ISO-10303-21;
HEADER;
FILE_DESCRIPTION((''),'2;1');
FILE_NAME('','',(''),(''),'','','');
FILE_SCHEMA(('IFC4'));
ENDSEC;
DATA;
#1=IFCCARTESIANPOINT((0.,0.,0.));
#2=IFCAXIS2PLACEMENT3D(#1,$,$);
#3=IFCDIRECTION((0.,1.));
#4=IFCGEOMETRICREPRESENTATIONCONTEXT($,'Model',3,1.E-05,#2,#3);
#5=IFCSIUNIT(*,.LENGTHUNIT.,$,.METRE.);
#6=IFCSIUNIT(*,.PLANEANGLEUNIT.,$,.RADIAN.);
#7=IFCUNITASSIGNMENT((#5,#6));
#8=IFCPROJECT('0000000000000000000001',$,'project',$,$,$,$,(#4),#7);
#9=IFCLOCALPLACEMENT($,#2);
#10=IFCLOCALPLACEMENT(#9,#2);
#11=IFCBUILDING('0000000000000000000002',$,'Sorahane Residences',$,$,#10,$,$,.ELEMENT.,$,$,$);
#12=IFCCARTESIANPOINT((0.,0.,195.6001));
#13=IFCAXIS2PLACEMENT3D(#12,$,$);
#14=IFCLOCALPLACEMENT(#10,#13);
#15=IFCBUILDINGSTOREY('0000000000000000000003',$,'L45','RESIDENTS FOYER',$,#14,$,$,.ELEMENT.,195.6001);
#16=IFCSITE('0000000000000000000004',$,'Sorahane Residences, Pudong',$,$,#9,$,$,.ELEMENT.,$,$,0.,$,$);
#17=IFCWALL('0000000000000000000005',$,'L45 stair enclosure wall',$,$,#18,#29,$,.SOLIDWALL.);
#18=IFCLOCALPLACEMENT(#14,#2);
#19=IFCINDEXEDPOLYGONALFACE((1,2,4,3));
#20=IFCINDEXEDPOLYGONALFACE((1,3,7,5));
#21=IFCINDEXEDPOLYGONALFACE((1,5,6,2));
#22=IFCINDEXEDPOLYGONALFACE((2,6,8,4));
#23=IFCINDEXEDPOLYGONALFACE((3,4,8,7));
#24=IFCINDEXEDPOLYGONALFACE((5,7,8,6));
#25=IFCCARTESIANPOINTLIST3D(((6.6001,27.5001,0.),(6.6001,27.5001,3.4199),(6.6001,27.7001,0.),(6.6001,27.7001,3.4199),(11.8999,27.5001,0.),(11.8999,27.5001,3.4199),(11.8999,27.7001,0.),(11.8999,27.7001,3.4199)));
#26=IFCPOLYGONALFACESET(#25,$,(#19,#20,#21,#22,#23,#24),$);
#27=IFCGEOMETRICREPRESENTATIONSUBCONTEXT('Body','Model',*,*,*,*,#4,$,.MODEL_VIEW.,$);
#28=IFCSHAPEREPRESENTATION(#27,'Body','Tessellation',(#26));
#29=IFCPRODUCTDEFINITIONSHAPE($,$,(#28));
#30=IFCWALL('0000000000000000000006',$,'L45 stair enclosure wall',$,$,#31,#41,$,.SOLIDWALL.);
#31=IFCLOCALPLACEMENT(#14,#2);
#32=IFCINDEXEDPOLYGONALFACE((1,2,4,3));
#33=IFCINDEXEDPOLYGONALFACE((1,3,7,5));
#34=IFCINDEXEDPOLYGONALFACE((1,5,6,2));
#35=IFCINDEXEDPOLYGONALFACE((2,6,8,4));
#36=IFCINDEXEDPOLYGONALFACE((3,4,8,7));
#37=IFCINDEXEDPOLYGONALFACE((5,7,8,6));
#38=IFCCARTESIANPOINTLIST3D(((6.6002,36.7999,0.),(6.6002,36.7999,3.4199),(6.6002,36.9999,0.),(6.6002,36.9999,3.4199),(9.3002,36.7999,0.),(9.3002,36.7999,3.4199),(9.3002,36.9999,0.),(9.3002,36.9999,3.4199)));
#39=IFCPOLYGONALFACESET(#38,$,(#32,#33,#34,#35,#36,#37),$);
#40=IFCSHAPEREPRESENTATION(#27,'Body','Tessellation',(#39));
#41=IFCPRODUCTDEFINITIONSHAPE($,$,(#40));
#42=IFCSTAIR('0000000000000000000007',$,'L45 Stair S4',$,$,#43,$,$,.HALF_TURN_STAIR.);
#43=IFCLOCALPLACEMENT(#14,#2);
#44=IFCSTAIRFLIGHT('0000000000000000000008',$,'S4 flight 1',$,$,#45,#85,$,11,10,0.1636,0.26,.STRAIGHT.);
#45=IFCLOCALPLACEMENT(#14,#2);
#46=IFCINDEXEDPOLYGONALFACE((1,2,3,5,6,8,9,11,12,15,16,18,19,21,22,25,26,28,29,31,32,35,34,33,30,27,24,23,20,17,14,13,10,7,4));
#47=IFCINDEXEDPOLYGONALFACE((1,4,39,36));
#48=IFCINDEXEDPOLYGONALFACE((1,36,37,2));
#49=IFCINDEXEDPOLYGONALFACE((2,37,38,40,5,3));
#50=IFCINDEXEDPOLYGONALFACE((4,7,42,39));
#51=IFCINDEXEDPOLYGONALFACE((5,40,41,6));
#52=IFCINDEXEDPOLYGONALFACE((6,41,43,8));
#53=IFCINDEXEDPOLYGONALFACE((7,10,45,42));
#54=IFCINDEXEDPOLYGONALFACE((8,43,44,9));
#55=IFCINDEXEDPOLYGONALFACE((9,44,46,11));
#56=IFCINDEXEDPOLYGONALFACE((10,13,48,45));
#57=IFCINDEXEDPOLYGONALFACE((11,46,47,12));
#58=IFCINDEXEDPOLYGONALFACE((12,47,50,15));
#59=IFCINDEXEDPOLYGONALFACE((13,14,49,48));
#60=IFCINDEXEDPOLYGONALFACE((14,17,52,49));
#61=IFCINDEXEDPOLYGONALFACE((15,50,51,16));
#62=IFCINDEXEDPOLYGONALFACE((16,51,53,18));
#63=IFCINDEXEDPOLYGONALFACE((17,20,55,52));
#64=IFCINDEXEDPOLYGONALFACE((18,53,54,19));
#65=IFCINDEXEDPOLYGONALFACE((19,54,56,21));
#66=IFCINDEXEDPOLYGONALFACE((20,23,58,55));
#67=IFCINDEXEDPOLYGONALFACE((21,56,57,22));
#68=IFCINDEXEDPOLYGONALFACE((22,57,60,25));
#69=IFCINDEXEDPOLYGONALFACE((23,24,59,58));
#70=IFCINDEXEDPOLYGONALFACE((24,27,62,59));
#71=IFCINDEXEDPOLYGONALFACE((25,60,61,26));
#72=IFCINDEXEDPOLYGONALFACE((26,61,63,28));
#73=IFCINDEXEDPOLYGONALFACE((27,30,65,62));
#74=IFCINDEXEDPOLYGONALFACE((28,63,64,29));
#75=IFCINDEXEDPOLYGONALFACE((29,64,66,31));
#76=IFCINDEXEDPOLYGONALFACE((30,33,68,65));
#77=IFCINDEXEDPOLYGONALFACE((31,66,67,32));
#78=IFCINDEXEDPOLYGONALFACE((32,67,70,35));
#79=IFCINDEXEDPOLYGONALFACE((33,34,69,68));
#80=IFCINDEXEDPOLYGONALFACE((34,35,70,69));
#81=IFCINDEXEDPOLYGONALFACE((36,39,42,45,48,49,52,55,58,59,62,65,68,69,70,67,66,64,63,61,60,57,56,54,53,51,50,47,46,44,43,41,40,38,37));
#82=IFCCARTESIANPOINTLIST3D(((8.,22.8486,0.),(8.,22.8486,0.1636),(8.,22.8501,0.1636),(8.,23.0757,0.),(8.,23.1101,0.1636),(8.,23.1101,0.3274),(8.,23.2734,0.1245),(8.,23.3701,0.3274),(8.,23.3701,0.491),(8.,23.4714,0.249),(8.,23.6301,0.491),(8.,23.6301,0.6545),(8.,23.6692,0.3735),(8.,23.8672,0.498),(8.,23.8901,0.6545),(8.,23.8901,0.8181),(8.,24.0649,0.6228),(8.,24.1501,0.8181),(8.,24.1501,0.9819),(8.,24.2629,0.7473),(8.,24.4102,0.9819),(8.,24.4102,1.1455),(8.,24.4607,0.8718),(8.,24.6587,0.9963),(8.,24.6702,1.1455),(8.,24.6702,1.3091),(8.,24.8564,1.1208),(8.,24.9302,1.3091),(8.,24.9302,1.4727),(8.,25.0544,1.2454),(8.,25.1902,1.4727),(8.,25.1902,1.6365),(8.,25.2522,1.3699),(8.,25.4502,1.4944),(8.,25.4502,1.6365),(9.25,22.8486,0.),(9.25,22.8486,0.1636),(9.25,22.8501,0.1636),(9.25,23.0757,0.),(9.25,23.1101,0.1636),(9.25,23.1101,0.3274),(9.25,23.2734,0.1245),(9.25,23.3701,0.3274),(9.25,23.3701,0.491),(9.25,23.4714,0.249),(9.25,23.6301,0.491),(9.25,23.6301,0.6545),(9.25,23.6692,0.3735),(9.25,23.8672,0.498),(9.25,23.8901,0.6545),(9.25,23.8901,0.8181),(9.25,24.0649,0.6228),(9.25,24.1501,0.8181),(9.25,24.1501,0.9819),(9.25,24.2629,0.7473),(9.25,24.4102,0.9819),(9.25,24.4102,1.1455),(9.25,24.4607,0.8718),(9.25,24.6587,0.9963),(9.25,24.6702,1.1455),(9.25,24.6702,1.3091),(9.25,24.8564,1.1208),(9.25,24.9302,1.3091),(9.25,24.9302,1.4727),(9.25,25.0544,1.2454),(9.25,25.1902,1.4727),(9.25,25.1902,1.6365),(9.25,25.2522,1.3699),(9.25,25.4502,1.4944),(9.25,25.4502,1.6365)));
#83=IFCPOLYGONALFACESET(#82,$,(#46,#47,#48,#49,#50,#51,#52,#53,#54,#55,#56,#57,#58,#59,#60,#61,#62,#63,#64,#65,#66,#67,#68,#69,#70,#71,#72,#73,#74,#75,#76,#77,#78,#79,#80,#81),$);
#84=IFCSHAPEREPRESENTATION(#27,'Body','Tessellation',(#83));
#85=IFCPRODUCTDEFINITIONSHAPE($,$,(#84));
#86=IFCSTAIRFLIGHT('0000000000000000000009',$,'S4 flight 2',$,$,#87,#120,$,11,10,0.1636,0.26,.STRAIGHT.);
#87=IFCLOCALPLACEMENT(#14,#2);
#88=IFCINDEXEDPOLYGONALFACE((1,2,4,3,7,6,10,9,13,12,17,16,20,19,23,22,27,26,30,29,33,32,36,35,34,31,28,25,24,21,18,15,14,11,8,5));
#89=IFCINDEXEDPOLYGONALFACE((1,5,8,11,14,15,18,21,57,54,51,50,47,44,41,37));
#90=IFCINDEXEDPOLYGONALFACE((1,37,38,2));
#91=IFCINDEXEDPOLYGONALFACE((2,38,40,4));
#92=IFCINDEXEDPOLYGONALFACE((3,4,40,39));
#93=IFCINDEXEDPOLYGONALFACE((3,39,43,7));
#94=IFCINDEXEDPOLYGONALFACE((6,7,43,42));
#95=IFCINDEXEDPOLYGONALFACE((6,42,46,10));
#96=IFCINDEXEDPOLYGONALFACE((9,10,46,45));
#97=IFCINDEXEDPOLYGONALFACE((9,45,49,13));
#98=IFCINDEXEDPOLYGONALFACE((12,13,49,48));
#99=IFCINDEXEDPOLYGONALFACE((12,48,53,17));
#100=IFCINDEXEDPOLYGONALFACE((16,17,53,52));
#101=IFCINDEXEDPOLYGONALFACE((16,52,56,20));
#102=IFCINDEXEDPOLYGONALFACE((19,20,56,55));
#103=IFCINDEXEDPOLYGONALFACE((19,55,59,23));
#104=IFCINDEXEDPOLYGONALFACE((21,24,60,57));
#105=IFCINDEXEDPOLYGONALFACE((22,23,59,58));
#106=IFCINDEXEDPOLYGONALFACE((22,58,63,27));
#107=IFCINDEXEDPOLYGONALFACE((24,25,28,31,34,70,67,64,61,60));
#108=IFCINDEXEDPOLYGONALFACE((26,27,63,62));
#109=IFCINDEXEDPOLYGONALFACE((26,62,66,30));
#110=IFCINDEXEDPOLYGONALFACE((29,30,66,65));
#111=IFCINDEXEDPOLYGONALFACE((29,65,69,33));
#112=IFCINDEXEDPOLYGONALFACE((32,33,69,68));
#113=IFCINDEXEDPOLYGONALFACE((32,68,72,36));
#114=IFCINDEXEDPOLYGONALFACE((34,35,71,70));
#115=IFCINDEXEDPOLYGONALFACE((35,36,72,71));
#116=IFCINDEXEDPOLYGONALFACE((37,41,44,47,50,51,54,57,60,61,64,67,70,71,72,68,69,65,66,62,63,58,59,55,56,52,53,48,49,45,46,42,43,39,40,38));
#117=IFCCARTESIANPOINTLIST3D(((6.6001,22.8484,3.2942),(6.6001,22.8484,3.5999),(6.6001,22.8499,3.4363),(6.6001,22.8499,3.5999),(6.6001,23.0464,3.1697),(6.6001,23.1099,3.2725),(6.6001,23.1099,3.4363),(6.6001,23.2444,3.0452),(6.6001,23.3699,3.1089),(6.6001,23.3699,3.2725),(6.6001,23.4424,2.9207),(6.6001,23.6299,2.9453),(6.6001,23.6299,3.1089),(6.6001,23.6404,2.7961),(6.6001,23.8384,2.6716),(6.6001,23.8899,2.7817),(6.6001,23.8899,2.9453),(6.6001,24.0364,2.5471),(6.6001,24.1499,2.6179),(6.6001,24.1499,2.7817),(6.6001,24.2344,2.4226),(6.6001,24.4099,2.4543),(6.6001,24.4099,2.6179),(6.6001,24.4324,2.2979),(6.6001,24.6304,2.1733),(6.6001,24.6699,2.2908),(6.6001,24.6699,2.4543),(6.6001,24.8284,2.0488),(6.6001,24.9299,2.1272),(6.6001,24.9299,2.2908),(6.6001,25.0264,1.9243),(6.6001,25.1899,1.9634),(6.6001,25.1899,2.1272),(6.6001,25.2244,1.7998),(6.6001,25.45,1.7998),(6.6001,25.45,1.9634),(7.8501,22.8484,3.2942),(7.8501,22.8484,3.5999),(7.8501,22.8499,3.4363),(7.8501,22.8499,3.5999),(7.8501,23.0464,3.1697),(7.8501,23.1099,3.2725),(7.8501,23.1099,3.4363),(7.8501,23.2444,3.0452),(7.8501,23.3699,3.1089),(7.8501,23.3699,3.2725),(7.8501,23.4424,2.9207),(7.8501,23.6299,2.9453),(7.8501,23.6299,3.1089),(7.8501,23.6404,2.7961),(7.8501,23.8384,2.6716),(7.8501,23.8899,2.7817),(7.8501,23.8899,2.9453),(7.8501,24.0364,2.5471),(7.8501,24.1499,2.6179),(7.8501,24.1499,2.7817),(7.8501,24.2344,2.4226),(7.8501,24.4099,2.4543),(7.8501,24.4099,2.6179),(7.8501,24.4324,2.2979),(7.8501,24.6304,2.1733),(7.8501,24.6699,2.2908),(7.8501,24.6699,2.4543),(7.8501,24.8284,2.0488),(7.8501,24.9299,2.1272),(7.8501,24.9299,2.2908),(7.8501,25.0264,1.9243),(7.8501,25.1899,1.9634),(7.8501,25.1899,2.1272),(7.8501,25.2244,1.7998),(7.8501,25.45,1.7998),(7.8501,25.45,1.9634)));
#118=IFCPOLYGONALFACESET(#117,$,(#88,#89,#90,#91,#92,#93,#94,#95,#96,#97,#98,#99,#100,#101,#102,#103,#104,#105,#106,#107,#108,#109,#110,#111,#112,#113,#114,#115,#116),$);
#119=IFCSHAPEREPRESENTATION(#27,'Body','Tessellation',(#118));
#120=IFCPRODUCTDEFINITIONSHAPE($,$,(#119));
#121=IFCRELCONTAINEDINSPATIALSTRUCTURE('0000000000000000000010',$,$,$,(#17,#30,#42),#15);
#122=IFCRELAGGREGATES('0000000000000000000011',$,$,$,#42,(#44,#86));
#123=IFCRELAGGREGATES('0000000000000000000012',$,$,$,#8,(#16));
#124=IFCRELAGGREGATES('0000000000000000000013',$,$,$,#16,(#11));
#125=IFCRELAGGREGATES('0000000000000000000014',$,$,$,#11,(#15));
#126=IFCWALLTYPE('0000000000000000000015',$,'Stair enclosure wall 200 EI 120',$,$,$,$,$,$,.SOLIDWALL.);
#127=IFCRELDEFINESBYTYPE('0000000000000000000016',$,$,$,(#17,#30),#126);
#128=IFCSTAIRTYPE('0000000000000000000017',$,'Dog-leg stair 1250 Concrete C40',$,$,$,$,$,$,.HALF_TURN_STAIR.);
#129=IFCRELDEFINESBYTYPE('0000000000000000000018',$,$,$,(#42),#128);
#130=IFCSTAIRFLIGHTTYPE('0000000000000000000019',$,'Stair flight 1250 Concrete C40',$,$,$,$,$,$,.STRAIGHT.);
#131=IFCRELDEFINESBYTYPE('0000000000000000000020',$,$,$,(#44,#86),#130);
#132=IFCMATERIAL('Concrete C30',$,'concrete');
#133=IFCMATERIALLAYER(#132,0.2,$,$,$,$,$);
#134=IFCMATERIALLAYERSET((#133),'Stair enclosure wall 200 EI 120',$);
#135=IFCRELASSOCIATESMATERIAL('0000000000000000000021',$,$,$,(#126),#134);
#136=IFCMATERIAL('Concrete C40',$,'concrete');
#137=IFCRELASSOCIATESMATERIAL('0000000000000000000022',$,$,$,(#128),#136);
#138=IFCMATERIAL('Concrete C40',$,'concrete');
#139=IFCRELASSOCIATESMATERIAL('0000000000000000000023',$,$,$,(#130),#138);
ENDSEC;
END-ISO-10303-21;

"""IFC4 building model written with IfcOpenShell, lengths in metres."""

from ifc_helpers import new_model, si_unit, direction, frame, frame_2d, origin, place, context, subcontext, project, spatial, polyline, rectangle, outline, extrude, material, layer, layer_set, type_object, element, aggregate, save


model = new_model("IFC4")

# Units and contexts
model_context = context("Model", 3, precision=1e-05, world=origin(), true_north=direction((0.0, 1.0)))
body_context = subcontext(model_context, "Body", "Model", "MODEL_VIEW")
ifc_project = project(units=[si_unit("LENGTHUNIT", "METRE"), si_unit("PLANEANGLEUNIT", "RADIAN")], contexts=[model_context])

# Site, building, storey
site_placement = place(None, origin())
site = spatial("IfcSite", under=ifc_project, at=site_placement, Name="Sorahane Residences, Pudong", CompositionType="ELEMENT", RefElevation=0.0)
building_placement = place(site_placement, origin())
building = spatial("IfcBuilding", under=site, at=building_placement, Name="Sorahane Residences", CompositionType="ELEMENT")
storey_placement = place(building_placement, frame((0.0, 0.0, 195.6001)))
storey = spatial("IfcBuildingStorey", under=building, at=storey_placement, Name="L45", Description="RESIDENTS FOYER", CompositionType="ELEMENT", Elevation=195.6001)

# Walls
ifc_material_1 = material(Name="Concrete C30", Category="concrete")
ifc_layer_1 = layer(ifc_material_1, 0.2)
ifc_layer_set_1 = layer_set([ifc_layer_1], Name="Stair enclosure wall 200 EI 120")
wall_type_1 = type_object("IfcWallType", Name="Stair enclosure wall 200 EI 120", PredefinedType="SOLIDWALL", material=ifc_layer_set_1)
wall_1_placement = place(storey_placement, frame((6.6001, 27.6001, 0.0), z_axis=(0.0, 0.0, 1.0), x_axis=(1.0, 0.0, 0.0)))
element("IfcWall", 1, at=wall_1_placement, inside=storey, type_object=wall_type_1, Name="L45 stair enclosure wall", PredefinedType="SOLIDWALL", context=body_context, shape_type="SweptSolid", body=[
    extrude(rectangle(XDim=5.2998, YDim=0.2, at=frame_2d((2.6499, 0.0))), origin(), (0.0, 0.0, 1.0), 3.4199),
])
wall_2_placement = place(storey_placement, frame((6.6001, 36.8999, 0.0), z_axis=(0.0, 0.0, 1.0), x_axis=(1.0, 0.0, 0.0)))
element("IfcWall", 2, at=wall_2_placement, inside=storey, type_object=wall_type_1, Name="L45 stair enclosure wall", PredefinedType="SOLIDWALL", context=body_context, shape_type="SweptSolid", body=[
    extrude(rectangle(XDim=2.7, YDim=0.2, at=frame_2d((1.3501, 0.0))), origin(), (0.0, 0.0, 1.0), 3.4199),
])

# Stair, stair flights
ifc_material_2 = material(Name="Concrete C40", Category="concrete")
stair_type = type_object("IfcStairType", Name="Dog-leg stair 1250 Concrete C40", PredefinedType="HALF_TURN_STAIR", material=ifc_material_2)
stair_placement = place(storey_placement, origin())
stair = element("IfcStair", 3, at=stair_placement, inside=storey, type_object=stair_type, Name="L45 Stair S4", PredefinedType="HALF_TURN_STAIR")
ifc_material_3 = material(Name="Concrete C40", Category="concrete")
stair_flight_type = type_object("IfcStairFlightType", Name="Stair flight 1250 Concrete C40", PredefinedType="STRAIGHT", material=ifc_material_3)
stair_flight_1_placement = place(storey_placement, frame((8.625, 22.8501, 0.0), z_axis=(0.0, 0.0, 1.0), x_axis=(0.0, 1.0, 0.0)))
stair_flight_1 = element("IfcStairFlight", 4, at=stair_flight_1_placement, type_object=stair_flight_type, Name="S4 flight 1", NumberOfRisers=11, NumberOfTreads=10, PredefinedType="STRAIGHT", RiserHeight=0.1636, TreadLength=0.26, context=body_context, shape_type="SweptSolid", body=[
    extrude(outline(polyline([(-0.0015, 0.0), (-0.0015, 0.1636), (0.0, 0.1636), (0.26, 0.1636), (0.26, 0.3274), (0.52, 0.3274), (0.52, 0.491), (0.78, 0.491), (0.78, 0.6545), (1.04, 0.6545), (1.04, 0.8181), (1.3, 0.8181), (1.3, 0.9819), (1.5601, 0.9819), (1.5601, 1.1455), (1.8201, 1.1455), (1.8201, 1.3091), (2.0801, 1.3091), (2.0801, 1.4727), (2.3401, 1.4727), (2.3401, 1.6365), (2.6001, 1.6365), (2.6001, 1.8), (2.6001, 1.4944), (2.4021, 1.3699), (2.2043, 1.2454), (2.0063, 1.1208), (1.8086, 0.9963), (1.6106, 0.8718), (1.4128, 0.7473), (1.2148, 0.6228), (1.0171, 0.498), (0.8191, 0.3735), (0.6213, 0.249), (0.4233, 0.1245), (0.2256, 0.0), (-0.0015, 0.0)])), frame((0.0, 0.625, 0.0), z_axis=(0.0, -1.0, 0.0), x_axis=(1.0, 0.0, 0.0)), (0.0, 0.0, 1.0), 1.25),
])
stair_flight_2_placement = place(storey_placement, frame((7.2251, 25.45, 1.7998), z_axis=(0.0, 0.0, 1.0), x_axis=(0.0, -1.0, 0.0)))
stair_flight_2 = element("IfcStairFlight", 5, at=stair_flight_2_placement, type_object=stair_flight_type, Name="S4 flight 2", NumberOfRisers=11, NumberOfTreads=10, PredefinedType="STRAIGHT", RiserHeight=0.1636, TreadLength=0.26, context=body_context, shape_type="SweptSolid", body=[
    extrude(outline(polyline([(0.0, 0.0), (0.0, 0.1636), (0.26, 0.1636), (0.26, 0.3274), (0.52, 0.3274), (0.52, 0.491), (0.78, 0.491), (0.78, 0.6545), (1.04, 0.6545), (1.04, 0.8181), (1.3, 0.8181), (1.3, 0.9819), (1.5601, 0.9819), (1.5601, 1.1455), (1.8201, 1.1455), (1.8201, 1.3091), (2.0801, 1.3091), (2.0801, 1.4727), (2.3401, 1.4727), (2.3401, 1.6365), (2.6001, 1.6365), (2.6001, 1.8), (2.6016, 1.8), (2.6016, 1.4944), (2.4036, 1.3699), (2.2056, 1.2454), (2.0076, 1.1208), (1.8096, 0.9963), (1.6116, 0.8718), (1.4136, 0.7473), (1.2156, 0.6228), (1.0176, 0.498), (0.8196, 0.3735), (0.6216, 0.249), (0.4236, 0.1245), (0.2256, 0.0), (0.0, 0.0)])), frame((0.0, 0.625, 0.0), z_axis=(0.0, -1.0, 0.0), x_axis=(1.0, 0.0, 0.0)), (0.0, 0.0, 1.0), 1.25),
])
aggregate(stair, [stair_flight_1, stair_flight_2])

save(model, "model.ifc")
